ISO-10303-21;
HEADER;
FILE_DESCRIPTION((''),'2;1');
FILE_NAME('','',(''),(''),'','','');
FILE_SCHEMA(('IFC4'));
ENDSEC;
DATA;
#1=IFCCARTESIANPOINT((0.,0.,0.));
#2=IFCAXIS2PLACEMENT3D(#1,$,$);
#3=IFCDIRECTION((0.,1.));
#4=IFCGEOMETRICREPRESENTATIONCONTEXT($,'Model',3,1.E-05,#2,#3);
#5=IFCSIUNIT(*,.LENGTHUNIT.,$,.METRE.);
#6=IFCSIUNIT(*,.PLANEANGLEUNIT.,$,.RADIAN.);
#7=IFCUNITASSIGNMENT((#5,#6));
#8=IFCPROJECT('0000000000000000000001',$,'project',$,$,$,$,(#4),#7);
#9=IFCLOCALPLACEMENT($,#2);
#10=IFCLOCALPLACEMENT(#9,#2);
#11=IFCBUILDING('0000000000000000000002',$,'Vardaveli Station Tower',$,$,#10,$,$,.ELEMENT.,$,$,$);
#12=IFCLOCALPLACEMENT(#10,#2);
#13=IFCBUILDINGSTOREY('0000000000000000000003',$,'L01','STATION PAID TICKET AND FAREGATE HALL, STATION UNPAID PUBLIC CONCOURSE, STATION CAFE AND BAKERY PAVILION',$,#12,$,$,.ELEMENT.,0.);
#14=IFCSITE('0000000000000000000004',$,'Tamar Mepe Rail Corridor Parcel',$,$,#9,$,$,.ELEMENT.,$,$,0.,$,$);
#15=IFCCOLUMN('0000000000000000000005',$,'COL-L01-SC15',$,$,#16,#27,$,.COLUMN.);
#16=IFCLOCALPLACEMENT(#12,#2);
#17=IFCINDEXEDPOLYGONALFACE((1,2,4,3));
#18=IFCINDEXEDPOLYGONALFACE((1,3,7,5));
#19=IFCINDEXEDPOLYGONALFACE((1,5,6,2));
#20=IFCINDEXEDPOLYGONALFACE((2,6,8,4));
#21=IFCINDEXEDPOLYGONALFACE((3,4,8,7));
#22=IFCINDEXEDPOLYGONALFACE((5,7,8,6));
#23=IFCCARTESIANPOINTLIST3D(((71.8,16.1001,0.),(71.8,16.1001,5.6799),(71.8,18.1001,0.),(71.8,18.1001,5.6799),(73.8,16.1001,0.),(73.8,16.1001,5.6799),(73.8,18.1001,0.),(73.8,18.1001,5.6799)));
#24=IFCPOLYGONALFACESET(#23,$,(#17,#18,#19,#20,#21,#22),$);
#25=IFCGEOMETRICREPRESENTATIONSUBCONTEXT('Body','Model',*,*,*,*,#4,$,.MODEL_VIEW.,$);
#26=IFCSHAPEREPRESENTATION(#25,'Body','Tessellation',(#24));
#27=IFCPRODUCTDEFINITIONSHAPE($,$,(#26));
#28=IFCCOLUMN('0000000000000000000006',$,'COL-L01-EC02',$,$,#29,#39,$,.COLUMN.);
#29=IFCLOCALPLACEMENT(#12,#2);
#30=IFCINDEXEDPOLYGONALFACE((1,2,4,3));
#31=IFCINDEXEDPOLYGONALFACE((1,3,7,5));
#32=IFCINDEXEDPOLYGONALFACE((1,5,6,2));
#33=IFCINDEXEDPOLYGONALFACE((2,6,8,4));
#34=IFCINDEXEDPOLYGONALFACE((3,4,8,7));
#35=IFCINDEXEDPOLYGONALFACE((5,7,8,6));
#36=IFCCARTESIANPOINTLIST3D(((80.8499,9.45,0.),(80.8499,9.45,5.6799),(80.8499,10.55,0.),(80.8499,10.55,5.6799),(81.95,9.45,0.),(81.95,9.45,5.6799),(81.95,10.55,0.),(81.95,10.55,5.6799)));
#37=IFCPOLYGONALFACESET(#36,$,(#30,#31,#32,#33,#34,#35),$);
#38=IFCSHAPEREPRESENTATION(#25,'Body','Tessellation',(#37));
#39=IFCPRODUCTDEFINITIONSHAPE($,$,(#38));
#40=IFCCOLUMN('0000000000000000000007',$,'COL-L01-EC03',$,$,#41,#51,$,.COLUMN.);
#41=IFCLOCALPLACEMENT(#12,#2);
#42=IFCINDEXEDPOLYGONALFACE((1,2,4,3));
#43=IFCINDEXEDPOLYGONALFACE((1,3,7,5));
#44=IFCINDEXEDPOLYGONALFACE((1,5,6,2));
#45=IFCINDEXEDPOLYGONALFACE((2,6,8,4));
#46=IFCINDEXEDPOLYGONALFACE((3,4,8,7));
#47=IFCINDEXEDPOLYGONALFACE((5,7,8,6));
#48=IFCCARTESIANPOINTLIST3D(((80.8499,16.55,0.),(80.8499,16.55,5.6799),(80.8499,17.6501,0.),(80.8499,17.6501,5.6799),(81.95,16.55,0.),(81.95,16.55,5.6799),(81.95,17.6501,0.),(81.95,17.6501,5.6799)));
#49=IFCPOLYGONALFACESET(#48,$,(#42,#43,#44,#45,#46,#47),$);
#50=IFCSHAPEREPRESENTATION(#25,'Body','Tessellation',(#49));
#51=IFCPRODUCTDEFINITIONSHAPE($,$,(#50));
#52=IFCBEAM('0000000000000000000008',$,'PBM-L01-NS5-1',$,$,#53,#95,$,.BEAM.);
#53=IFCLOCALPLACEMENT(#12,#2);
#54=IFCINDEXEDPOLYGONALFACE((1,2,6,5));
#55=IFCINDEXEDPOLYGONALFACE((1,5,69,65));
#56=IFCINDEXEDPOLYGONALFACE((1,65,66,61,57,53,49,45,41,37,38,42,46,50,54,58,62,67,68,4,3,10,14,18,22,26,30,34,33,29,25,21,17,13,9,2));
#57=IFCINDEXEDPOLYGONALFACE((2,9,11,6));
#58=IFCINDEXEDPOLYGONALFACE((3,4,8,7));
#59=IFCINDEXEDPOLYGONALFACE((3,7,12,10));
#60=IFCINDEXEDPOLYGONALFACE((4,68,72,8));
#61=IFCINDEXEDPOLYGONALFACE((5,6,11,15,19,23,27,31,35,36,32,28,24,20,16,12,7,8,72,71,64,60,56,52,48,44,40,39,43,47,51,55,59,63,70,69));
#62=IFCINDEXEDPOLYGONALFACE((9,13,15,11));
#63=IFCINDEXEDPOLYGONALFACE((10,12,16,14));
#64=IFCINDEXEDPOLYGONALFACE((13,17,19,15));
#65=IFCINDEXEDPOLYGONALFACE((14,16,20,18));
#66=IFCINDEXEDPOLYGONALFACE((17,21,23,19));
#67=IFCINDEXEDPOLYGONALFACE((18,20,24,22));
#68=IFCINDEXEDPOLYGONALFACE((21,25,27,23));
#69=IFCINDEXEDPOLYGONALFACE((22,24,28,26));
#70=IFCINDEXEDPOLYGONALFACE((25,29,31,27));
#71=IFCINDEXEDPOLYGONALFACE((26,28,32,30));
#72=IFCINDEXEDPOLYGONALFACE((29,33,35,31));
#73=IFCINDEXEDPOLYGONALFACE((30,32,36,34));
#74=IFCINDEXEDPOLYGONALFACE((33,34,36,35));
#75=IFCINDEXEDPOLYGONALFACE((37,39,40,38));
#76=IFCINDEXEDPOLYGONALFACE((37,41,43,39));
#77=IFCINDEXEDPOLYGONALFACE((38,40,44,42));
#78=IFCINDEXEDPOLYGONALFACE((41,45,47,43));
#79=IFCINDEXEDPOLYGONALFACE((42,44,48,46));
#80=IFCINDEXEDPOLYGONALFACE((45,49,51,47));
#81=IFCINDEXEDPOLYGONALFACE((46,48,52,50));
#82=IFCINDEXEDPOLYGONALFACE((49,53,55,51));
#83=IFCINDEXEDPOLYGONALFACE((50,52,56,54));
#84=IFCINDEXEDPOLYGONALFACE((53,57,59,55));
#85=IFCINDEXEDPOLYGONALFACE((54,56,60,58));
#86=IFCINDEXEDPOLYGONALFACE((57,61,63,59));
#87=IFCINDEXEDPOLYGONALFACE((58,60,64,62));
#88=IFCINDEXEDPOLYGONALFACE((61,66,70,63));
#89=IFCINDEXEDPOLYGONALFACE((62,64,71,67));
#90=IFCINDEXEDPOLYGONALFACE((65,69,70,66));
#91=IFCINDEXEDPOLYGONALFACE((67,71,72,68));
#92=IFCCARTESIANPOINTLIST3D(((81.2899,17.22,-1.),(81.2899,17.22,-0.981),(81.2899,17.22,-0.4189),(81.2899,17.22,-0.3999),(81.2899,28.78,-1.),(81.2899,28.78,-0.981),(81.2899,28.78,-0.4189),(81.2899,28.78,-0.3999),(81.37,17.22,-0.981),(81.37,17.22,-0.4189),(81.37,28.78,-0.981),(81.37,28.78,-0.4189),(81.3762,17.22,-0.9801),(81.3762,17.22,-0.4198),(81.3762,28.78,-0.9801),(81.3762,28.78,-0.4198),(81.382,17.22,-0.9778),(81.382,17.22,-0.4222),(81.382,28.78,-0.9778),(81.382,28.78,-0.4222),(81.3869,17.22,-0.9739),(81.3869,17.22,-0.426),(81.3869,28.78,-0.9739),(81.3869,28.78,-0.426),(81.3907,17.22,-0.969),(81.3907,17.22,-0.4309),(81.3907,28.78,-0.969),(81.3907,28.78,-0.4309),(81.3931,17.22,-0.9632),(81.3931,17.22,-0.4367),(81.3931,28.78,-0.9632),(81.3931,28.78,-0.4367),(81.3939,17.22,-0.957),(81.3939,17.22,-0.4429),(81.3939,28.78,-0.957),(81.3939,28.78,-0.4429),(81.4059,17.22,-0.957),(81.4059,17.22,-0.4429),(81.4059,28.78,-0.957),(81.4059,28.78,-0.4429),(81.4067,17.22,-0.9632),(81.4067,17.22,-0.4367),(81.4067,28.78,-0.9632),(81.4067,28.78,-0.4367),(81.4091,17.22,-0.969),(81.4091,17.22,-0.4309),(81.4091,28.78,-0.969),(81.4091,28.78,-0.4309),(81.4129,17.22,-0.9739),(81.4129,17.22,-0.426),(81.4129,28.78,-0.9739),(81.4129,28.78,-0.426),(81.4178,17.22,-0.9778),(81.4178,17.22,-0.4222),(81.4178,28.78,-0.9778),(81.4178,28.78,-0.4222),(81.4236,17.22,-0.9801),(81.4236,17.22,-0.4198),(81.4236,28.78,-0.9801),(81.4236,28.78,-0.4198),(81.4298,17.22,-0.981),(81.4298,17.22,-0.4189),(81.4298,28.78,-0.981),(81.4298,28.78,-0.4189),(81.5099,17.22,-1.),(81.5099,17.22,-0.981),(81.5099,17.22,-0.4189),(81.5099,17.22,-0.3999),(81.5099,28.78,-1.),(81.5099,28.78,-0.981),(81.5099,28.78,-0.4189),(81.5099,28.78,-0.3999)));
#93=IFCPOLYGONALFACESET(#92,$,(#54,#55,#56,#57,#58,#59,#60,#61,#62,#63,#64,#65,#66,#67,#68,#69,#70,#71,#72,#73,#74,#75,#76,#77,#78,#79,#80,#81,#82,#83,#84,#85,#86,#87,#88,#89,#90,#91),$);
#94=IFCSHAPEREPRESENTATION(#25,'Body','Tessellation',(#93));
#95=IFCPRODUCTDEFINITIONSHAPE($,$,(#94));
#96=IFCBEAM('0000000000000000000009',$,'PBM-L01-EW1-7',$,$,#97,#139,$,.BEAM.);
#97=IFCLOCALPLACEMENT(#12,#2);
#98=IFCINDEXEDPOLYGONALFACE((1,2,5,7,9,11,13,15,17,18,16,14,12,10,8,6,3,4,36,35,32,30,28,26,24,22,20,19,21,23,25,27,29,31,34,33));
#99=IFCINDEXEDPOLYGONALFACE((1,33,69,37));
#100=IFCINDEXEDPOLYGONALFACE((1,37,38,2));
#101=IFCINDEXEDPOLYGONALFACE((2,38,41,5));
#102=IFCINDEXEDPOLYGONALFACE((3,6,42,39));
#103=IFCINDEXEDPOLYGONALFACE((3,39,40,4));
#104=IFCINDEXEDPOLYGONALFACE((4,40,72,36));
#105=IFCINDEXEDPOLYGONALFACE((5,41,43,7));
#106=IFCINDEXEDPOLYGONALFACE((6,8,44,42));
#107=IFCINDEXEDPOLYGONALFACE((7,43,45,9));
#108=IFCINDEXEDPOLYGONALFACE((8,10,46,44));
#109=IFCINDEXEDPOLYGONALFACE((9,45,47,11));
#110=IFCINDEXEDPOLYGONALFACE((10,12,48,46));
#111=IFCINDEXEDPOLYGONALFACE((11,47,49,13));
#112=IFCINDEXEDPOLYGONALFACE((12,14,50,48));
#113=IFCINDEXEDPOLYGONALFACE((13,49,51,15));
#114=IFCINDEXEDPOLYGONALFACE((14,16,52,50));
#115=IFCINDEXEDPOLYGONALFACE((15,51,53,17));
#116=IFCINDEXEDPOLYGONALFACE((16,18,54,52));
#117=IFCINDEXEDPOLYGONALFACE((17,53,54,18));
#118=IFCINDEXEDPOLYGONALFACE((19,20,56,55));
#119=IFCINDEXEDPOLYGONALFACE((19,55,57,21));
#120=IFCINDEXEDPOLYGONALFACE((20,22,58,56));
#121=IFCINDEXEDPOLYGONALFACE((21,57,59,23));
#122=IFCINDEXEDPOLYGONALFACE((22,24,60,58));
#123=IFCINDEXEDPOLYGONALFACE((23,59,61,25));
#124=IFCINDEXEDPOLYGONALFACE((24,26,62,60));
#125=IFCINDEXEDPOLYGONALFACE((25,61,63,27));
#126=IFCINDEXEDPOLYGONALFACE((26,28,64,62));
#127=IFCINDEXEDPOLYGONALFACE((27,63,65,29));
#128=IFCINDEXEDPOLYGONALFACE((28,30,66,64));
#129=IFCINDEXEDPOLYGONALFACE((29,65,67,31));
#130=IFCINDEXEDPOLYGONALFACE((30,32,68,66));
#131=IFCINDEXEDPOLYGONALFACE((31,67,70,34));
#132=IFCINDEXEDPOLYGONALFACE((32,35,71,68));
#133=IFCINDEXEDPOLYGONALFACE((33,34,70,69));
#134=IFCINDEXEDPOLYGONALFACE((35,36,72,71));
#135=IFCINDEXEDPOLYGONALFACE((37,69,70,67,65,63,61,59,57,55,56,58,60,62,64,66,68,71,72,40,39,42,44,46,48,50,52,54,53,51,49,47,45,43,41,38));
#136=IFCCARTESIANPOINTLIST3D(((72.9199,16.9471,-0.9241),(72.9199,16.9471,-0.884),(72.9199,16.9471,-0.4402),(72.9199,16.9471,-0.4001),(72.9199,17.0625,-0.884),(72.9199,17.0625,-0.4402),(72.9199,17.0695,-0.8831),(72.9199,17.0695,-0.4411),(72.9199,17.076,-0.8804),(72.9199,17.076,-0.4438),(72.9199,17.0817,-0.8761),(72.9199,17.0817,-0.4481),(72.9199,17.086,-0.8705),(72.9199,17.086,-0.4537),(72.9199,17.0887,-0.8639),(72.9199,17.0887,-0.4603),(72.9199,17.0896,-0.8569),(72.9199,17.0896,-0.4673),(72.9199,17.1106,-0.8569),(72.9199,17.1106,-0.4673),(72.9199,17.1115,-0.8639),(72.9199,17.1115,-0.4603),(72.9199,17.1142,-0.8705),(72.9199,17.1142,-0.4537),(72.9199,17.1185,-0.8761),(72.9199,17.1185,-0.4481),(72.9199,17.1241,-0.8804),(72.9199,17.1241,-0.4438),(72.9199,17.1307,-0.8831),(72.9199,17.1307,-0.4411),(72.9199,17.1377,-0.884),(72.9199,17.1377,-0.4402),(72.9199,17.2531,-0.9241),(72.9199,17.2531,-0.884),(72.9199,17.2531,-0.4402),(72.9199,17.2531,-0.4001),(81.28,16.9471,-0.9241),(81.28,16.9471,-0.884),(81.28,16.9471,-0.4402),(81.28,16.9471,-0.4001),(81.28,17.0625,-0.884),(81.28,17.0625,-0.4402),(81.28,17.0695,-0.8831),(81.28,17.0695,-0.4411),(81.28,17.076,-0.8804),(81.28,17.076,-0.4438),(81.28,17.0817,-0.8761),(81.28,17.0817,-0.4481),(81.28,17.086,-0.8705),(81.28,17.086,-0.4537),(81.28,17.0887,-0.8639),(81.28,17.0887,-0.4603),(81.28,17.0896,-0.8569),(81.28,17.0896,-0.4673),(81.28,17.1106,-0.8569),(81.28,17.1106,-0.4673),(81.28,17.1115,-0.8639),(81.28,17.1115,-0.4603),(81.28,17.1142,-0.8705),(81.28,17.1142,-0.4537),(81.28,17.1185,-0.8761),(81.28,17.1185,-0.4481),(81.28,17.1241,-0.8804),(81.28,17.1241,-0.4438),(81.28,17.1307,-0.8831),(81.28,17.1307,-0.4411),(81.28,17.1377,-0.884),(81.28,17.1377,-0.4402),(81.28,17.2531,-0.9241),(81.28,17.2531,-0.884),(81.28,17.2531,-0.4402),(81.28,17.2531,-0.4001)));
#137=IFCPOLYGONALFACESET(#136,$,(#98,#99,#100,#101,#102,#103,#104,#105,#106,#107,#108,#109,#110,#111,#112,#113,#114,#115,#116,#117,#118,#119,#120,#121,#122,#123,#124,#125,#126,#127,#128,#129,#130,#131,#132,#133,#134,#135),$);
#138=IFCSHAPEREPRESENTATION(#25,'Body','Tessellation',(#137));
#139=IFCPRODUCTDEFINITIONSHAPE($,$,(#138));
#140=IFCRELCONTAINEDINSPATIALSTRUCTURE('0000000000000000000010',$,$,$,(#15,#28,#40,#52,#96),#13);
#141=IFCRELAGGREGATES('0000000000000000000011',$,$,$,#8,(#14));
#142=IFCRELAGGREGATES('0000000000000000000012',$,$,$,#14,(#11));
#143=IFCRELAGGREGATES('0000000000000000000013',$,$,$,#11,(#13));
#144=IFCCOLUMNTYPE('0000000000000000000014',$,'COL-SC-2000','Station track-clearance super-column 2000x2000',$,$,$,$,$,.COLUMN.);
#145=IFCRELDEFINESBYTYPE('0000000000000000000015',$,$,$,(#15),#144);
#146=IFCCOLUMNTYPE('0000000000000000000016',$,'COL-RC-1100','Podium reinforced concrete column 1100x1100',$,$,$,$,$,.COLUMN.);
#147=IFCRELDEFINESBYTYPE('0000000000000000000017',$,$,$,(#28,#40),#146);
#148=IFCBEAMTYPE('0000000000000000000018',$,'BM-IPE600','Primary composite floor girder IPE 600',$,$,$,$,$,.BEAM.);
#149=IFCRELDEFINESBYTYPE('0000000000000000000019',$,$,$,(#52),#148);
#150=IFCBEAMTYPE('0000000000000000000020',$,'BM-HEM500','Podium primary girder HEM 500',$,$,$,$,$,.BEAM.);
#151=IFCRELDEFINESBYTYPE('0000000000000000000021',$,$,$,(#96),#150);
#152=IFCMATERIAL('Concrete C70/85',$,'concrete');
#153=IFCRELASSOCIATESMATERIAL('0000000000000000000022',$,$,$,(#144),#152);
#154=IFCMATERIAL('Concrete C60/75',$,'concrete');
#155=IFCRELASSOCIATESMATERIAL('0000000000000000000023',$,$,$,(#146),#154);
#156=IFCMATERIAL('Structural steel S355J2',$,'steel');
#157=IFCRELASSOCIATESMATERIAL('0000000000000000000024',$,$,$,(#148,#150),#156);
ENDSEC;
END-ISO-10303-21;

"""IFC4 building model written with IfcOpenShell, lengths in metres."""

from ifc_helpers import new_model, si_unit, direction, frame, origin, origin_2d, place, context, subcontext, project, spatial, rectangle, i_section, extrude, source, transform, mapped, material, material_profile, profile_set, type_object, element, save


model = new_model("IFC4")

# Units and contexts
model_context = context("Model", 3, precision=1e-05, world=origin(), true_north=direction((0.0, 1.0)))
body_context = subcontext(model_context, "Body", "Model", "MODEL_VIEW")
ifc_project = project(units=[si_unit("LENGTHUNIT", "METRE"), si_unit("PLANEANGLEUNIT", "RADIAN")], contexts=[model_context])

# Site, building, storey
site_placement = place(None, origin())
site = spatial("IfcSite", under=ifc_project, at=site_placement, Name="Tamar Mepe Rail Corridor Parcel", CompositionType="ELEMENT", RefElevation=0.0)
building_placement = place(site_placement, origin())
building = spatial("IfcBuilding", under=site, at=building_placement, Name="Vardaveli Station Tower", CompositionType="ELEMENT")
storey_placement = place(building_placement, origin())
storey = spatial("IfcBuildingStorey", under=building, at=storey_placement, Name="L01", Description="STATION PAID TICKET AND FAREGATE HALL, STATION UNPAID PUBLIC CONCOURSE, STATION CAFE AND BAKERY PAVILION", CompositionType="ELEMENT", Elevation=0.0)

# Columns
ifc_material_1 = material(Name="Concrete C70/85", Category="concrete")
ifc_material_profile_1 = material_profile(ifc_material_1, rectangle(XDim=2.0, YDim=2.0, at=origin_2d()), Name="SC 2000x2000")
ifc_profile_set_1 = profile_set([ifc_material_profile_1], Name="Concrete C70/85")
column_type_1 = type_object("IfcColumnType", Name="COL-SC-2000", Description="Station track-clearance super-column 2000x2000", PredefinedType="COLUMN", material=ifc_profile_set_1)
shared_shape_1 = source(origin(), body_context, "Body", "SweptSolid", [
    extrude(rectangle(XDim=2.0, YDim=2.0, at=origin_2d()), origin(), (0.0, 0.0, 1.0), 5.6799),
])
column_placement = place(storey_placement, frame((72.8, 17.1001, 0.0), z_axis=(0.0, 0.0, 1.0), x_axis=(1.0, 0.0, 0.0)))
element("IfcColumn", 1, at=column_placement, inside=storey, type_object=column_type_1, Name="COL-L01-SC15", PredefinedType="COLUMN", context=body_context, shape_type="MappedRepresentation", body=[
    mapped(shared_shape_1, transform((0.0, 0.0, 0.0), scale=1.0)),
])
ifc_material_2 = material(Name="Concrete C60/75", Category="concrete")
ifc_material_profile_2 = material_profile(ifc_material_2, rectangle(XDim=1.1001, YDim=1.1001, at=origin_2d()), Name="RC 1100x1100")
ifc_profile_set_2 = profile_set([ifc_material_profile_2], Name="Concrete C60/75")
column_type_2 = type_object("IfcColumnType", Name="COL-RC-1100", Description="Podium reinforced concrete column 1100x1100", PredefinedType="COLUMN", material=ifc_profile_set_2)
shared_shape_2 = source(origin(), body_context, "Body", "SweptSolid", [
    extrude(rectangle(XDim=1.1001, YDim=1.1001, at=origin_2d()), origin(), (0.0, 0.0, 1.0), 5.6799),
])
for number, where, z_axis, x_axis, name in (
    (2, (81.3999, 10.0, 0.0), (0.0, 0.0, 1.0), (1.0, 0.0, 0.0), "COL-L01-EC02"),
    (3, (81.3999, 17.1001, 0.0), (0.0, 0.0, 1.0), (1.0, 0.0, 0.0), "COL-L01-EC03"),
):
    element("IfcColumn", number, at=place(storey_placement, frame(where, z_axis=z_axis, x_axis=x_axis)), inside=storey, type_object=column_type_2, Name=name, PredefinedType="COLUMN", context=body_context, shape_type="MappedRepresentation", body=[
        mapped(shared_shape_2, transform((0.0, 0.0, 0.0), scale=1.0)),
    ])

# Beams
ifc_material_3 = material(Name="Structural steel S355J2", Category="steel")
ifc_material_profile_3 = material_profile(ifc_material_3, i_section(OverallWidth=0.22, OverallDepth=0.6001, WebThickness=0.012, FlangeThickness=0.019, FilletRadius=0.0239, at=origin_2d()), Name="IPE 600")
ifc_profile_set_3 = profile_set([ifc_material_profile_3], Name="Structural steel S355J2")
beam_type_1 = type_object("IfcBeamType", Name="BM-IPE600", Description="Primary composite floor girder IPE 600", PredefinedType="BEAM", material=ifc_profile_set_3)
shared_shape_3 = source(origin(), body_context, "Body", "SweptSolid", [
    extrude(i_section(OverallWidth=0.22, OverallDepth=0.6001, WebThickness=0.012, FlangeThickness=0.019, FilletRadius=0.0239, at=origin_2d()), origin(), (0.0, 0.0, 1.0), 11.5601),
])
beam_1_placement = place(storey_placement, frame((81.3999, 17.22, -0.7), z_axis=(0.0, 1.0, 0.0), x_axis=(-1.0, 0.0, 0.0)))
element("IfcBeam", 4, at=beam_1_placement, inside=storey, type_object=beam_type_1, Name="PBM-L01-NS5-1", PredefinedType="BEAM", context=body_context, shape_type="MappedRepresentation", body=[
    mapped(shared_shape_3, transform((0.0, 0.0, 0.0), scale=1.0)),
])
ifc_material_profile_4 = material_profile(ifc_material_3, i_section(OverallWidth=0.3059, OverallDepth=0.5239, WebThickness=0.021, FlangeThickness=0.04, FilletRadius=0.0271, at=origin_2d()), Name="HEM 500")
ifc_profile_set_4 = profile_set([ifc_material_profile_4], Name="Structural steel S355J2")
beam_type_2 = type_object("IfcBeamType", Name="BM-HEM500", Description="Podium primary girder HEM 500", PredefinedType="BEAM", material=ifc_profile_set_4)
shared_shape_4 = source(origin(), body_context, "Body", "SweptSolid", [
    extrude(i_section(OverallWidth=0.3059, OverallDepth=0.5239, WebThickness=0.021, FlangeThickness=0.04, FilletRadius=0.0271, at=origin_2d()), origin(), (0.0, 0.0, 1.0), 8.3601),
])
beam_2_placement = place(storey_placement, frame((72.9199, 17.1001, -0.6621), z_axis=(1.0, 0.0, 0.0), x_axis=(0.0, 1.0, 0.0)))
element("IfcBeam", 5, at=beam_2_placement, inside=storey, type_object=beam_type_2, Name="PBM-L01-EW1-7", PredefinedType="BEAM", context=body_context, shape_type="MappedRepresentation", body=[
    mapped(shared_shape_4, transform((0.0, 0.0, 0.0), scale=1.0)),
])

save(model, "model.ifc")
